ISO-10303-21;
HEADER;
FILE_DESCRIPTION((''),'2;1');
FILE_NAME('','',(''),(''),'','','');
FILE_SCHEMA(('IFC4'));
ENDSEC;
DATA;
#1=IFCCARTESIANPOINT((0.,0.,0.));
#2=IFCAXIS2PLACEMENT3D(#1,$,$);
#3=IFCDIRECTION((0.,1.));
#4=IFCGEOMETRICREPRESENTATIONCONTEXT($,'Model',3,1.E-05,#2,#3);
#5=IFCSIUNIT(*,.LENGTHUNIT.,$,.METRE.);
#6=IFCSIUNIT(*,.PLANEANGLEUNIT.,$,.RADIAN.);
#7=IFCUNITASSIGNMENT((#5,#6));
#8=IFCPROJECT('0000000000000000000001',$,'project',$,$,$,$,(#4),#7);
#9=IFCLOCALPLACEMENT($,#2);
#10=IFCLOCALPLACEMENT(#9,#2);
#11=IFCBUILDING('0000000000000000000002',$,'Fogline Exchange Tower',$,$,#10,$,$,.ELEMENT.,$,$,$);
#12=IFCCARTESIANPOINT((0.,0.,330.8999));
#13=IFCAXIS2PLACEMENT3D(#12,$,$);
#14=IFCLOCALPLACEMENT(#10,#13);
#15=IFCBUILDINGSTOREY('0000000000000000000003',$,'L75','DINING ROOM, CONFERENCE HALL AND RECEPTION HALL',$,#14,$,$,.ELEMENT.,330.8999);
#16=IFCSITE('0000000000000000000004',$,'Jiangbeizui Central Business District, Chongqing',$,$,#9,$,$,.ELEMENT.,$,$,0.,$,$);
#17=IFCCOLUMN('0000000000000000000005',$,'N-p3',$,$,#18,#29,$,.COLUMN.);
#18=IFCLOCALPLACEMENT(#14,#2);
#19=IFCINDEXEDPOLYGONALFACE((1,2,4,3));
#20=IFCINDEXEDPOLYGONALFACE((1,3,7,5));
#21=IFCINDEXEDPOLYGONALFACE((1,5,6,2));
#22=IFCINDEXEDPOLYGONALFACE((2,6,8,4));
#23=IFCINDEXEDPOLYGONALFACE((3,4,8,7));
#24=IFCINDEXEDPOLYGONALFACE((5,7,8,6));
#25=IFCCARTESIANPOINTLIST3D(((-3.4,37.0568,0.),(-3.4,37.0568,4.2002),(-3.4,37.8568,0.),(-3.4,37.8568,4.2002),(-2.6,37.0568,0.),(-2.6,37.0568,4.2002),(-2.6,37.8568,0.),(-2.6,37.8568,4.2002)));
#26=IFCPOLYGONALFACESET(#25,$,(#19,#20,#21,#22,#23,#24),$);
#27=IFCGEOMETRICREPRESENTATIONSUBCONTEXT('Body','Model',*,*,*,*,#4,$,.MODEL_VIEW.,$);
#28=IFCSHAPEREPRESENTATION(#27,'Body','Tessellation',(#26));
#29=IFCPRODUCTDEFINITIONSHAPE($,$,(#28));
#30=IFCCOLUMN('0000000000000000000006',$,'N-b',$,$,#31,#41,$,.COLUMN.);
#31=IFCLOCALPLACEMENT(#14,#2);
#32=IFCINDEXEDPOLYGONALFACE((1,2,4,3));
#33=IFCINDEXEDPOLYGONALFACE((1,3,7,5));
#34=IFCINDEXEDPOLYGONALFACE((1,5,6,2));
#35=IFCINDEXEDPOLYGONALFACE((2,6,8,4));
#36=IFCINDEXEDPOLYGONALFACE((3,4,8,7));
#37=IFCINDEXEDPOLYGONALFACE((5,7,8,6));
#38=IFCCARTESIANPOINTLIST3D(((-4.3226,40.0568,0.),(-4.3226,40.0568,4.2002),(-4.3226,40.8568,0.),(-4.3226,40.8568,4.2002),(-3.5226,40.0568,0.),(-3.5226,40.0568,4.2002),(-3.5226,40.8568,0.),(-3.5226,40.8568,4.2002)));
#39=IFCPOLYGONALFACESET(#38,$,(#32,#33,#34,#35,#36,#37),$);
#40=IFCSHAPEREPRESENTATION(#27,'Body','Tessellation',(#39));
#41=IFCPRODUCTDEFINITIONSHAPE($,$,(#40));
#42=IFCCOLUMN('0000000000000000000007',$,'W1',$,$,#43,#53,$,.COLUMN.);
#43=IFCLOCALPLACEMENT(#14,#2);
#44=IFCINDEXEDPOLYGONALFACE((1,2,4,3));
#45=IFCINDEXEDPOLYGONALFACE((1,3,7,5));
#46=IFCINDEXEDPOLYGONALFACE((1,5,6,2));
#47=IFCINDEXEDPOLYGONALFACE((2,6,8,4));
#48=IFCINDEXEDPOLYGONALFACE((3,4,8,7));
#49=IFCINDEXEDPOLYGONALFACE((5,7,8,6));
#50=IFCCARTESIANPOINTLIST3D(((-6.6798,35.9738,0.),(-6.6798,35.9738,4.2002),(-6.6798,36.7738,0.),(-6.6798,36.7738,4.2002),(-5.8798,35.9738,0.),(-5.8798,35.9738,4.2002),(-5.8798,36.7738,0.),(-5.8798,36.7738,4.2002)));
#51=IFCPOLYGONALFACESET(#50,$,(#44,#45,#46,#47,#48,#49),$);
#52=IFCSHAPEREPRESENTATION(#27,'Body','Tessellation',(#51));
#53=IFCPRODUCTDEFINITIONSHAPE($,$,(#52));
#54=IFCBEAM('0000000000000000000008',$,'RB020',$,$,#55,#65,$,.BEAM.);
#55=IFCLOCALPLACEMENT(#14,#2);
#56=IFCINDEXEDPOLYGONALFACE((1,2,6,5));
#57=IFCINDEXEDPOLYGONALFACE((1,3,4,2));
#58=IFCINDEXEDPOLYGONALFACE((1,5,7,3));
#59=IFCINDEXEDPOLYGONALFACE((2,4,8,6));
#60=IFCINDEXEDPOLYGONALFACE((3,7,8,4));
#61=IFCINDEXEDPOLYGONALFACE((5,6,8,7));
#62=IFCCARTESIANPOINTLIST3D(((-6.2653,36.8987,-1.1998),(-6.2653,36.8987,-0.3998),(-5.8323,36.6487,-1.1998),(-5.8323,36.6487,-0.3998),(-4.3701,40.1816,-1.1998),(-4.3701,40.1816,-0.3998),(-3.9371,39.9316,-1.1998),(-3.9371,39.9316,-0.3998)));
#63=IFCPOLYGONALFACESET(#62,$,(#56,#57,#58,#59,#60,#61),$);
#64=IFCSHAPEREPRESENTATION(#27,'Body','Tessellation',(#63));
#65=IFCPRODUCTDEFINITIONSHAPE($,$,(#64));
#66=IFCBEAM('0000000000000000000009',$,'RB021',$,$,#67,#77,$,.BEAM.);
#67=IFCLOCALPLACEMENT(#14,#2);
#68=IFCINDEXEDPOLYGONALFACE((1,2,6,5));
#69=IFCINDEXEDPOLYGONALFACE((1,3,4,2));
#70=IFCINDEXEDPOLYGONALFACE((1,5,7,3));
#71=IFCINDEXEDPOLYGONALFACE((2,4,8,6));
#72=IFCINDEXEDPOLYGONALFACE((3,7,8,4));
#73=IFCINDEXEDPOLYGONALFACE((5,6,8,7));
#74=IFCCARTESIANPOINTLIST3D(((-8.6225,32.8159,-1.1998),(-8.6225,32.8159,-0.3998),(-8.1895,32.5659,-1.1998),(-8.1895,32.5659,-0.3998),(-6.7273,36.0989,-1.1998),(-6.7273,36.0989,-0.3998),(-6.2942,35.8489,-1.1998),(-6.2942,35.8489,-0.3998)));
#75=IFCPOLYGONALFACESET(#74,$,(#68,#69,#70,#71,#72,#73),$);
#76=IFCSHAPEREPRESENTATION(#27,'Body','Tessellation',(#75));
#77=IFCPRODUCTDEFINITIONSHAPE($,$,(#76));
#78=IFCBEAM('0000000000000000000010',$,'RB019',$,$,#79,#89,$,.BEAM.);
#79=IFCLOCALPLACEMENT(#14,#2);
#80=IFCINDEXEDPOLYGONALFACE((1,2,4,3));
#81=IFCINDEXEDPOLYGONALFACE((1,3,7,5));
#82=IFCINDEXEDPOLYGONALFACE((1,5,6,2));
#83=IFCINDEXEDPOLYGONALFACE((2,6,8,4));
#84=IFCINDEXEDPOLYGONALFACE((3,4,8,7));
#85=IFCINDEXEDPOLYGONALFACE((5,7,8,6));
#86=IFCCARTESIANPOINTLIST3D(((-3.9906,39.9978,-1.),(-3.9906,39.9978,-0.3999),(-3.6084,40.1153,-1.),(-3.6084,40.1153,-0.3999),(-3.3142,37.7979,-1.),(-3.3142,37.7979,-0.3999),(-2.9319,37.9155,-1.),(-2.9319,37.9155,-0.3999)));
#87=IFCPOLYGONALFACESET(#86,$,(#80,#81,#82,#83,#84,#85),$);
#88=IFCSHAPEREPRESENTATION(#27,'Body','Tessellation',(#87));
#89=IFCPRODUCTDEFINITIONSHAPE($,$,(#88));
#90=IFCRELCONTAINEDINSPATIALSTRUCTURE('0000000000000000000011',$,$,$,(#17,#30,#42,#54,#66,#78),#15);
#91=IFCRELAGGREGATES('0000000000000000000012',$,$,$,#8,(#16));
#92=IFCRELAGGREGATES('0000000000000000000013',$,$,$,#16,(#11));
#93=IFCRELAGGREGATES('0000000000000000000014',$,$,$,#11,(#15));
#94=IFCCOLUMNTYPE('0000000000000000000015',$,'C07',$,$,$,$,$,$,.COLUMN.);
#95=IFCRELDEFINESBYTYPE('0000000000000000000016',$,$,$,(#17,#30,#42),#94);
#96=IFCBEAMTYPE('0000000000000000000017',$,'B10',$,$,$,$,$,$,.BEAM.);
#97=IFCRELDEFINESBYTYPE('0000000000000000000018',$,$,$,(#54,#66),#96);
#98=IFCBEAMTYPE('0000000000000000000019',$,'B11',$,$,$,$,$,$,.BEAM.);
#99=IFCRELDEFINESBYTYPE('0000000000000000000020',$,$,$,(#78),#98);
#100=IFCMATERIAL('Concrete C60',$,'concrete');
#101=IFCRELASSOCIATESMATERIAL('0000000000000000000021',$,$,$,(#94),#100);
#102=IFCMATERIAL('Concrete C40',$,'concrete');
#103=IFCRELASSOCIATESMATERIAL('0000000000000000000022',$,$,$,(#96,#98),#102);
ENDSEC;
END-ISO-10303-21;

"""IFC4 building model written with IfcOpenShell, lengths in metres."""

from ifc_helpers import new_model, si_unit, direction, frame, origin, origin_2d, place, context, subcontext, project, spatial, rectangle, extrude, material, material_profile, profile_set, type_object, element, save


model = new_model("IFC4")

# Units and contexts
model_context = context("Model", 3, precision=1e-05, world=origin(), true_north=direction((0.0, 1.0)))
body_context = subcontext(model_context, "Body", "Model", "MODEL_VIEW")
ifc_project = project(units=[si_unit("LENGTHUNIT", "METRE"), si_unit("PLANEANGLEUNIT", "RADIAN")], contexts=[model_context])

# Site, building, storey
site_placement = place(None, origin())
site = spatial("IfcSite", under=ifc_project, at=site_placement, Name="Jiangbeizui Central Business District, Chongqing", CompositionType="ELEMENT", RefElevation=0.0)
building_placement = place(site_placement, origin())
building = spatial("IfcBuilding", under=site, at=building_placement, Name="Fogline Exchange Tower", CompositionType="ELEMENT")
storey_placement = place(building_placement, frame((0.0, 0.0, 330.8999)))
storey = spatial("IfcBuildingStorey", under=building, at=storey_placement, Name="L75", Description="DINING ROOM, CONFERENCE HALL AND RECEPTION HALL", CompositionType="ELEMENT", Elevation=330.8999)

# Columns
ifc_material_1 = material(Name="Concrete C60", Category="concrete")
ifc_material_profile_1 = material_profile(ifc_material_1, rectangle(XDim=0.8, YDim=0.8, at=origin_2d()), Name="RC 800x800")
ifc_profile_set_1 = profile_set([ifc_material_profile_1], Name="Concrete C60")
column_type = type_object("IfcColumnType", Name="C07", PredefinedType="COLUMN", material=ifc_profile_set_1)
for number, where, z_axis, x_axis, name in (
    (1, (-3.0, 37.4568, 0.0), (0.0, 0.0, 1.0), (1.0, 0.0, 0.0), "N-p3"),
    (2, (-3.9226, 40.4568, 0.0), (0.0, 0.0, 1.0), (1.0, 0.0, 0.0), "N-b"),
    (3, (-6.2798, 36.3738, 0.0), (0.0, 0.0, 1.0), (1.0, 0.0, 0.0), "W1"),
):
    element("IfcColumn", number, at=place(storey_placement, frame(where, z_axis=z_axis, x_axis=x_axis)), inside=storey, type_object=column_type, Name=name, PredefinedType="COLUMN", context=body_context, shape_type="SweptSolid", body=[
        extrude(rectangle(XDim=0.8, YDim=0.8, at=origin_2d()), origin(), (0.0, 0.0, 1.0), 4.2002),
    ])

# Beams
ifc_material_2 = material(Name="Concrete C40", Category="concrete")
ifc_material_profile_2 = material_profile(ifc_material_2, rectangle(XDim=0.5, YDim=0.8, at=origin_2d()), Name="RC 500x800")
ifc_profile_set_2 = profile_set([ifc_material_profile_2], Name="Concrete C40")
beam_type_1 = type_object("IfcBeamType", Name="B10", PredefinedType="BEAM", material=ifc_profile_set_2)
for number, where, z_axis, x_axis, name in (
    (4, (-4.1536, 40.0566, -0.7998), (-0.49997, -0.866043, 0.0), (0.866043, -0.49997, 0.0), "RB020"),
    (5, (-6.5107, 35.9739, -0.7998), (-0.49997, -0.866043, 0.0), (0.866043, -0.49997, 0.0), "RB021"),
):
    element("IfcBeam", number, at=place(storey_placement, frame(where, z_axis=z_axis, x_axis=x_axis)), inside=storey, type_object=beam_type_1, Name=name, PredefinedType="BEAM", context=body_context, shape_type="SweptSolid", body=[
        extrude(rectangle(XDim=0.5, YDim=0.8, at=origin_2d()), origin(), (0.0, 0.0, 1.0), 3.7908),
    ])
ifc_material_profile_3 = material_profile(ifc_material_2, rectangle(XDim=0.3999, YDim=0.6001, at=origin_2d()), Name="RC 400x600")
ifc_profile_set_3 = profile_set([ifc_material_profile_3], Name="Concrete C40")
beam_type_2 = type_object("IfcBeamType", Name="B11", PredefinedType="BEAM", material=ifc_profile_set_3)
beam_placement = place(storey_placement, frame((-3.123, 37.8567, -0.7), z_axis=(-0.293929, 0.955827, 0.0), x_axis=(-0.955827, -0.293929, 0.0)))
element("IfcBeam", 6, at=beam_placement, inside=storey, type_object=beam_type_2, Name="RB019", PredefinedType="BEAM", context=body_context, shape_type="SweptSolid", body=[
    extrude(rectangle(XDim=0.3999, YDim=0.6001, at=origin_2d()), origin(), (0.0, 0.0, 1.0), 2.3015),
])

save(model, "model.ifc")
